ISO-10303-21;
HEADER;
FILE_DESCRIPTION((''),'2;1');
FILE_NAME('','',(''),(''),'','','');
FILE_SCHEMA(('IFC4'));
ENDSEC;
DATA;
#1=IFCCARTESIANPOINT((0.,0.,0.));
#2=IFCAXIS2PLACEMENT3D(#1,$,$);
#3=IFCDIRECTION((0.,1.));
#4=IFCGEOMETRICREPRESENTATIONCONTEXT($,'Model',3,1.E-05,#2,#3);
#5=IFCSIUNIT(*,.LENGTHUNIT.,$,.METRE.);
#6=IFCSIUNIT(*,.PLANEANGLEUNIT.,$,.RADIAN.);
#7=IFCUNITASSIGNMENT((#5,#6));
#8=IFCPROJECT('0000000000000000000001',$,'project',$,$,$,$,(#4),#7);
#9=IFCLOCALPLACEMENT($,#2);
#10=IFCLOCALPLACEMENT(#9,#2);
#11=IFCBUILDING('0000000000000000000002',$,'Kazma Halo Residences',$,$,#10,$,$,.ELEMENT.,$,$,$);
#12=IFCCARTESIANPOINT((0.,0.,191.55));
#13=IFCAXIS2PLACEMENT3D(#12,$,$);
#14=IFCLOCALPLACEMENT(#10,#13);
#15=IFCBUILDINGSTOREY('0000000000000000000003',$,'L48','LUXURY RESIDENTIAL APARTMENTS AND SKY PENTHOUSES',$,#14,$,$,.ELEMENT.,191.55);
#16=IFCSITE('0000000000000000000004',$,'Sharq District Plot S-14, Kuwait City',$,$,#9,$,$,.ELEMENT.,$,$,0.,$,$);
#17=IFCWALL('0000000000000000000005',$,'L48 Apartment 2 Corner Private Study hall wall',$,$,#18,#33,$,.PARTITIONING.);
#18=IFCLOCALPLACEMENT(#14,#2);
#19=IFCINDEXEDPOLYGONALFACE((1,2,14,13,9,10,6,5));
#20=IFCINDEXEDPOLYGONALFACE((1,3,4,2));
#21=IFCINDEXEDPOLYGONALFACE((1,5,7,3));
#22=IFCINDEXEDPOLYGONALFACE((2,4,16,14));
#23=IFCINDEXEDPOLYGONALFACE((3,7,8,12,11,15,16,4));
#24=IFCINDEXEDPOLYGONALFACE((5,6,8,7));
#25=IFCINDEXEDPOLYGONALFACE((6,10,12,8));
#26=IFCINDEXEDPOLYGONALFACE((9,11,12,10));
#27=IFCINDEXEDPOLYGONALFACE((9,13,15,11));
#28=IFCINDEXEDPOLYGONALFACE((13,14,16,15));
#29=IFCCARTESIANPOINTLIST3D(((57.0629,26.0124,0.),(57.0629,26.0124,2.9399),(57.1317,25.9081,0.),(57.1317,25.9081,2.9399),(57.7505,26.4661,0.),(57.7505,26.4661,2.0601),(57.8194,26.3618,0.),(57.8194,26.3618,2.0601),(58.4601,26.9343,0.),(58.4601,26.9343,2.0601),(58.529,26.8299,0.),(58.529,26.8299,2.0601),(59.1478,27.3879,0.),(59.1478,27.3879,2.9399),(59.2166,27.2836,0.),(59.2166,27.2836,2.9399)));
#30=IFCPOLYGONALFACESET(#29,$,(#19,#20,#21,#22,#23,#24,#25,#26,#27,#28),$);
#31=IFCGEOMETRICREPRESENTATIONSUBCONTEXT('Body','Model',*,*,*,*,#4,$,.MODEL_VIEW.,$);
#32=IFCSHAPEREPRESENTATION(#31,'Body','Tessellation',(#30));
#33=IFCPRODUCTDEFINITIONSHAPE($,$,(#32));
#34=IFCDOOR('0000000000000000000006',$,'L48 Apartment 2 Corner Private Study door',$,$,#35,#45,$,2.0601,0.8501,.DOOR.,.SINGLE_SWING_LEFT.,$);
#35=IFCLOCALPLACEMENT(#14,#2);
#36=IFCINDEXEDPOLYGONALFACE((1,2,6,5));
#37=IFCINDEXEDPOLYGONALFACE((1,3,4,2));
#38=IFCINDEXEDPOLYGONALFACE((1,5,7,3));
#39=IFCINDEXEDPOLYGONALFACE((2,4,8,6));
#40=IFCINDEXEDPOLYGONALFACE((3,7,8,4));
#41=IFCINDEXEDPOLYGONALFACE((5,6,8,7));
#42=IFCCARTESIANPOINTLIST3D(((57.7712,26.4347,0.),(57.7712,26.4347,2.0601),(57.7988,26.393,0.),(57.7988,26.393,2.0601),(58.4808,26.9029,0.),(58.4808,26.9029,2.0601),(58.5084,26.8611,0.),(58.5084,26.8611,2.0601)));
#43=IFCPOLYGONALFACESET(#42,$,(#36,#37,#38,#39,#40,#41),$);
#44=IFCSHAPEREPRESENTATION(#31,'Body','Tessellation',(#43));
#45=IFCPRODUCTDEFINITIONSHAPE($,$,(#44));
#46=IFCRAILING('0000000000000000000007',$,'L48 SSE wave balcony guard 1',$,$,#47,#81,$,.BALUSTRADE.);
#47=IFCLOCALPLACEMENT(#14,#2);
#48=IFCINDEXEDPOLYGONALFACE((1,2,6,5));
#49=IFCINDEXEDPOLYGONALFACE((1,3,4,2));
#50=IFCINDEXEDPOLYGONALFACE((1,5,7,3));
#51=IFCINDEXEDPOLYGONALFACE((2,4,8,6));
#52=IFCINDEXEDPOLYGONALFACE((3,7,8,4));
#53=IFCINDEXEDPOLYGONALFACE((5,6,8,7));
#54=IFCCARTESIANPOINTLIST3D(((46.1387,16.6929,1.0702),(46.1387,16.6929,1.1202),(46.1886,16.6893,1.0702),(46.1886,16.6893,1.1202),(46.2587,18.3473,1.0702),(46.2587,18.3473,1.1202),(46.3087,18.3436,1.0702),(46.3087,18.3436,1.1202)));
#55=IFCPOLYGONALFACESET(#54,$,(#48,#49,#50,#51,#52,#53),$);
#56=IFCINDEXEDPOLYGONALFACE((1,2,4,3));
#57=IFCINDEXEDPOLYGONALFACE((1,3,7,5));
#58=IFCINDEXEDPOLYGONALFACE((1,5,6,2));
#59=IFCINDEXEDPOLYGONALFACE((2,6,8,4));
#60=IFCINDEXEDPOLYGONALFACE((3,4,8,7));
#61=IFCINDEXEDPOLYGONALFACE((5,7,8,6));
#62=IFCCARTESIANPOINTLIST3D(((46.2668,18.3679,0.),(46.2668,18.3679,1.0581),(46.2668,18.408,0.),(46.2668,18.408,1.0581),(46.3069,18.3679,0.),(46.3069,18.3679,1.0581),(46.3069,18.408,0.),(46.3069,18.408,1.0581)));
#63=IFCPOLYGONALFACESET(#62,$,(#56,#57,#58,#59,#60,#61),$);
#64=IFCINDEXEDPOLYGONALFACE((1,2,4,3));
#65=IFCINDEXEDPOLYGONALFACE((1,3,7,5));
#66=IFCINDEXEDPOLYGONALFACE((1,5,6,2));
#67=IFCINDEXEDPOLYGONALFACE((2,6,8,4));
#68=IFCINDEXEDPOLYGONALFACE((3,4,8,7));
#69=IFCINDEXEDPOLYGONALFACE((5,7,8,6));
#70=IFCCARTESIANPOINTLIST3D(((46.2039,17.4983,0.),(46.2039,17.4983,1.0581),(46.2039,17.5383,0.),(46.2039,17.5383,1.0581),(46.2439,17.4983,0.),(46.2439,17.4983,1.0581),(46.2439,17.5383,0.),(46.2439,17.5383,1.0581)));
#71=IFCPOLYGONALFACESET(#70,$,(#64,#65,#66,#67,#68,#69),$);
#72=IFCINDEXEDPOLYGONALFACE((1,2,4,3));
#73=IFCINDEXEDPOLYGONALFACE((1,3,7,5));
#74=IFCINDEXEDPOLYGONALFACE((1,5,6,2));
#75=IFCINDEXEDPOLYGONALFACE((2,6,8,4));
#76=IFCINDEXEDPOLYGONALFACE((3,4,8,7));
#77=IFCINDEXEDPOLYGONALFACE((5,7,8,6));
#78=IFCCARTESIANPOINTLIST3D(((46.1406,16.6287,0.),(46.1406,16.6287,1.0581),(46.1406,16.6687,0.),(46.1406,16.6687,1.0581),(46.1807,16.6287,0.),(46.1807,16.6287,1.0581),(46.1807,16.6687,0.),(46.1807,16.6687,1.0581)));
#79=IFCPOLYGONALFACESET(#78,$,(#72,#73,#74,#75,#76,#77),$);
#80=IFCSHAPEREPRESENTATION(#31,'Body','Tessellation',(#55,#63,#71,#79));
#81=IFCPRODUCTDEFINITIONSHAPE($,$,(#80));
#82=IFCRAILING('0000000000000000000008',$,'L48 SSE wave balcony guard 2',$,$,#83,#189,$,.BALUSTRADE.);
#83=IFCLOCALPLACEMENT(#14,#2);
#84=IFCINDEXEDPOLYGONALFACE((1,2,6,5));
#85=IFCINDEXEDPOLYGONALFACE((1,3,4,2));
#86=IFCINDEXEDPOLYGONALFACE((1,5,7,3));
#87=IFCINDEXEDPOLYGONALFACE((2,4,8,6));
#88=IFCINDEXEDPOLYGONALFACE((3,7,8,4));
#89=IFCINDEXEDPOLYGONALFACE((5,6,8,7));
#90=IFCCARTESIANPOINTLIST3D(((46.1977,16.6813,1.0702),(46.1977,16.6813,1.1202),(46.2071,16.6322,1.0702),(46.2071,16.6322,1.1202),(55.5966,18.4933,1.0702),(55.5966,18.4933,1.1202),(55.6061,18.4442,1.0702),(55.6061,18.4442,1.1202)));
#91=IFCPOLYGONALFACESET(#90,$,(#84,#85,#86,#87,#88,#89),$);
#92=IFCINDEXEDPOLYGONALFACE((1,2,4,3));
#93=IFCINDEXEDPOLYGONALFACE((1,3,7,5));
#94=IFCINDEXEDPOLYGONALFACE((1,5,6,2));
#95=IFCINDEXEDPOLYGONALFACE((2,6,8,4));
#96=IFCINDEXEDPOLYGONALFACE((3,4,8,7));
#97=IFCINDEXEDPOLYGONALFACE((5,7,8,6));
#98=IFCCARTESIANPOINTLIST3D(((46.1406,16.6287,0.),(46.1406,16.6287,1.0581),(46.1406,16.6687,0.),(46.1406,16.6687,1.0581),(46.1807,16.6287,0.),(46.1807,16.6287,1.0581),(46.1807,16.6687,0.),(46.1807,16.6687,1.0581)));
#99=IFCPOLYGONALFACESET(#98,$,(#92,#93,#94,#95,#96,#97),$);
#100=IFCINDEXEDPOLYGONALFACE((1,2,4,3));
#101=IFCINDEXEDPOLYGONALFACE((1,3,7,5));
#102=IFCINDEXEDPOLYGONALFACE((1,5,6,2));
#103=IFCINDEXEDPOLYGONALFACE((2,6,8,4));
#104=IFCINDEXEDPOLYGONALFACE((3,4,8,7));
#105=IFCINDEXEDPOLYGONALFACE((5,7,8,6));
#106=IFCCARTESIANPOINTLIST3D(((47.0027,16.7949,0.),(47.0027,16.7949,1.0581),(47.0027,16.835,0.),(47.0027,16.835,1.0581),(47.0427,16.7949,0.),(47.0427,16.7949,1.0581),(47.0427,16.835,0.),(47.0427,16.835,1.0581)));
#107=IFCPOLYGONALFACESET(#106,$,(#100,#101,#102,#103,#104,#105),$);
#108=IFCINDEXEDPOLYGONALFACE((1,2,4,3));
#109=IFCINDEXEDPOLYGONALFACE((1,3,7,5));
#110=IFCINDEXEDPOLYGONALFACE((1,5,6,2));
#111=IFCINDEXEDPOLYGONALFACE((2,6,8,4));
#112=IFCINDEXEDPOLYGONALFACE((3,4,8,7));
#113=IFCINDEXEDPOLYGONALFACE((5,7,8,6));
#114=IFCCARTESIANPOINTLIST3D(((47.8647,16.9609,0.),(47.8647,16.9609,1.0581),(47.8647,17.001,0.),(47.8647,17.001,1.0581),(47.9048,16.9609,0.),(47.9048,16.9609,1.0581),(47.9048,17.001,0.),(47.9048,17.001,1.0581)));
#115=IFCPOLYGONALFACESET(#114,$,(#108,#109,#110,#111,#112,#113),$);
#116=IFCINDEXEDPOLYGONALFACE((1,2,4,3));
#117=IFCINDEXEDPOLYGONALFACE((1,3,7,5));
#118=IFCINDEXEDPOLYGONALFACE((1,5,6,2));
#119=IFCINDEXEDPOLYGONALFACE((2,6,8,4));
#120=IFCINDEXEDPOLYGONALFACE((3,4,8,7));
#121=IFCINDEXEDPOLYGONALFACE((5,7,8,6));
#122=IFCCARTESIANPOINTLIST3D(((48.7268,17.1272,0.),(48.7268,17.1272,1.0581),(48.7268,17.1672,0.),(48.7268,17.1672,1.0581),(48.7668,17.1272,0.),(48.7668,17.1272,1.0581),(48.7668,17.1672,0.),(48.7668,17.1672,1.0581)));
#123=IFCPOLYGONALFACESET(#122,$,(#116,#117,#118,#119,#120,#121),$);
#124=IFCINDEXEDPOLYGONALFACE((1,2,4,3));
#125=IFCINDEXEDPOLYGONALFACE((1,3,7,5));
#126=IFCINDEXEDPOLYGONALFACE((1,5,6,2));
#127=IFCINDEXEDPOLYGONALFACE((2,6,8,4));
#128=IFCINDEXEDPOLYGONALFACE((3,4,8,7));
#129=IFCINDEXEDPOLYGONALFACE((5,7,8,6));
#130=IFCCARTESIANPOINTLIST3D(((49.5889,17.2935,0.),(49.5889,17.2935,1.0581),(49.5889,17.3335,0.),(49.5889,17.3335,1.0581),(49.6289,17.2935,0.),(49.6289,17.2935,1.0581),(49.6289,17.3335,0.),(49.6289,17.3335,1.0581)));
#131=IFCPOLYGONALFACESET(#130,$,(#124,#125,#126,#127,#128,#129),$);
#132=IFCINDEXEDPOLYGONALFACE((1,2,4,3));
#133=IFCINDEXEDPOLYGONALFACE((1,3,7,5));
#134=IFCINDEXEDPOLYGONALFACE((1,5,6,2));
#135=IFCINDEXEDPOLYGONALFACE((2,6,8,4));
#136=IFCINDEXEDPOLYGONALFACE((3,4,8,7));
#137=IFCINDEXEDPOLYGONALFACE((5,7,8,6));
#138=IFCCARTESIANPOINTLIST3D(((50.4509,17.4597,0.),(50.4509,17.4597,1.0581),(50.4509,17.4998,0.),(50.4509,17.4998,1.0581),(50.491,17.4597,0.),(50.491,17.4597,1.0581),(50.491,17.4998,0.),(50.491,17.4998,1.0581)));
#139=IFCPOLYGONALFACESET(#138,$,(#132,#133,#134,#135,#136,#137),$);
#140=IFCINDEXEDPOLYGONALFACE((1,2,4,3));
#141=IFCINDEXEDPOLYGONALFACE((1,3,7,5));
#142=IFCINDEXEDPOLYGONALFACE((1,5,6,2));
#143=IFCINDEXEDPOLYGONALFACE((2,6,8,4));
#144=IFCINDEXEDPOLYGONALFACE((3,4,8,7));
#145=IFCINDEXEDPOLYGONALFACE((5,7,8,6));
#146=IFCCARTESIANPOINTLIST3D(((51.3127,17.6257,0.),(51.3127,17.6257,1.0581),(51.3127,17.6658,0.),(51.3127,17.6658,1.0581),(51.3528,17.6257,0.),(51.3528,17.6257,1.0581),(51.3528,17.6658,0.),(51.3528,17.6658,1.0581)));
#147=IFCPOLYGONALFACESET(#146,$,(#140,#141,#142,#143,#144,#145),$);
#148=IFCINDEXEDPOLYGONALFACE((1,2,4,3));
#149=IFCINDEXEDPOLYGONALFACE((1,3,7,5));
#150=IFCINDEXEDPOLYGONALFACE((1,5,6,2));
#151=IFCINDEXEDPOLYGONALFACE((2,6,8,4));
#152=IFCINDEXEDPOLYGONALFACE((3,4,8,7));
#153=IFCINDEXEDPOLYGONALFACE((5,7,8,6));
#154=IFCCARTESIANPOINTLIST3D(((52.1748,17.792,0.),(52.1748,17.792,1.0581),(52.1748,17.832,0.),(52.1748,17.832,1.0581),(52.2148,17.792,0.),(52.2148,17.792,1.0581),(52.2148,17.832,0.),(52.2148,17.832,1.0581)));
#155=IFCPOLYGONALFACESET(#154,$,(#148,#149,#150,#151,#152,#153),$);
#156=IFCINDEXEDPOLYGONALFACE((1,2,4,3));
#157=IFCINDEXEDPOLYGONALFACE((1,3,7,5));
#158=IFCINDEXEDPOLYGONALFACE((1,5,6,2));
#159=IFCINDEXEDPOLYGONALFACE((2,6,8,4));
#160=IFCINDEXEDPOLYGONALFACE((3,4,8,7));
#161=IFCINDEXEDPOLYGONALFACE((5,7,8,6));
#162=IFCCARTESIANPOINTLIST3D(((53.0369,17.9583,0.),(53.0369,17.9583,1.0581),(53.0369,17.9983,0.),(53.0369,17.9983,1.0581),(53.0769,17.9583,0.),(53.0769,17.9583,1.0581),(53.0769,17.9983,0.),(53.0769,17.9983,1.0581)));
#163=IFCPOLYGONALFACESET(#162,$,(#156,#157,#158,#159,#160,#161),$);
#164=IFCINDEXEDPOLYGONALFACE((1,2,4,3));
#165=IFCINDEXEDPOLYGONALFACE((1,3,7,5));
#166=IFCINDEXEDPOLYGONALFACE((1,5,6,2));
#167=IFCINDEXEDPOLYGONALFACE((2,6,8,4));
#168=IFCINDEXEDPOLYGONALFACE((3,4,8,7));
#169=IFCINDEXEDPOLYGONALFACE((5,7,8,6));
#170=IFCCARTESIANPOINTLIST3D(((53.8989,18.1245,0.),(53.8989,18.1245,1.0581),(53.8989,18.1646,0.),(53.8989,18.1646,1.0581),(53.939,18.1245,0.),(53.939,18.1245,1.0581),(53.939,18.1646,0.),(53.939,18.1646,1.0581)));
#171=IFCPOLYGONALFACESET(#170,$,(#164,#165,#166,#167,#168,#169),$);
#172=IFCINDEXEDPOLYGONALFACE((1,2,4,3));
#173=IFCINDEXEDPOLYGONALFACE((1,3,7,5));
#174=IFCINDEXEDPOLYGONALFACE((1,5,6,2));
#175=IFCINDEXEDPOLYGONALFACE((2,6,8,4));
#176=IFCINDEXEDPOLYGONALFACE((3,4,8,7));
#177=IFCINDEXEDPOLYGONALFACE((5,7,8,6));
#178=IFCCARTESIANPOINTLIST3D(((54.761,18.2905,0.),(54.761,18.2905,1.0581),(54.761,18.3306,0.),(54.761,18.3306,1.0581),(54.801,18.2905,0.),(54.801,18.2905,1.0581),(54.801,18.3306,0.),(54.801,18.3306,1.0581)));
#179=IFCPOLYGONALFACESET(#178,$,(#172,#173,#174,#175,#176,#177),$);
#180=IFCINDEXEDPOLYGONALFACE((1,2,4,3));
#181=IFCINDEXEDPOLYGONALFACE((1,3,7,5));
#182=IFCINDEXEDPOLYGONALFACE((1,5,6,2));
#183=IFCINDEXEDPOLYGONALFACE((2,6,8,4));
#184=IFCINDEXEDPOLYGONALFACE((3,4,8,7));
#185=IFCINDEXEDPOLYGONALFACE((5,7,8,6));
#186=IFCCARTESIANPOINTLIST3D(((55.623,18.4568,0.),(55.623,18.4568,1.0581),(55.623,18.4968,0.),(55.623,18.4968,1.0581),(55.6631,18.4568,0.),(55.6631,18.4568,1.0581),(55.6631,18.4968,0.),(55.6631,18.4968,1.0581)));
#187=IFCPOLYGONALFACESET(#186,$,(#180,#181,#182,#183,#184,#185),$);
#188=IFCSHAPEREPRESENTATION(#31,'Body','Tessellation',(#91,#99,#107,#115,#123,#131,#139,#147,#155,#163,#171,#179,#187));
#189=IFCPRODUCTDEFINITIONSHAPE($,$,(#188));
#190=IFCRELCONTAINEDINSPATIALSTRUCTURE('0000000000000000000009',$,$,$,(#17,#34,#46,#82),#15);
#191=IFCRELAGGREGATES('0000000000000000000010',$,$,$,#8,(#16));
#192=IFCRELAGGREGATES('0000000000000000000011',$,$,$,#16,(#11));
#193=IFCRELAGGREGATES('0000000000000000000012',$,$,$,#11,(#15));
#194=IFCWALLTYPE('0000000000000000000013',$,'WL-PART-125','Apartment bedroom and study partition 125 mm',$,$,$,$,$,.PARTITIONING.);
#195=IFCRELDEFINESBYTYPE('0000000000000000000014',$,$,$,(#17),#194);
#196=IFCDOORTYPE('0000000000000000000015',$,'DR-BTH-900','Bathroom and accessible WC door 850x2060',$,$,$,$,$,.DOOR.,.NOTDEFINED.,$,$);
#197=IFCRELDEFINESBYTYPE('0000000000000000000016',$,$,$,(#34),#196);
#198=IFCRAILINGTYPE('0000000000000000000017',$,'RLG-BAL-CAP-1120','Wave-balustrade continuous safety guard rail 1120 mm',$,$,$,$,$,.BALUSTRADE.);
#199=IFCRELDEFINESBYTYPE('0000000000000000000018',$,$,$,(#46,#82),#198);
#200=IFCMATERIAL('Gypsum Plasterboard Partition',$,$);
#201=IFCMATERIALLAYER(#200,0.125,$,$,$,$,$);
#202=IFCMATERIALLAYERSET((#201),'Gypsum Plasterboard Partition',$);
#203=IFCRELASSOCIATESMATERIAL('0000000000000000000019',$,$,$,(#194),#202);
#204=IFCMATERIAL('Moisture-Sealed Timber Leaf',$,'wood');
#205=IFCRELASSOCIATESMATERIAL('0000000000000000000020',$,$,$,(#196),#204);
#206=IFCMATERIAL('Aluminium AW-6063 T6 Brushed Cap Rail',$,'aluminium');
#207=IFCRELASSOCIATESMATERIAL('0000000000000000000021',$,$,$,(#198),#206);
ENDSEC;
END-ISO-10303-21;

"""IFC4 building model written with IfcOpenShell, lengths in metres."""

from ifc_helpers import new_model, si_unit, direction, frame, frame_2d, origin, origin_2d, place, context, subcontext, project, spatial, rectangle, extrude, material, layer, layer_set, type_object, element, fill, save


model = new_model("IFC4")

# Units and contexts
model_context = context("Model", 3, precision=1e-05, world=origin(), true_north=direction((0.0, 1.0)))
body_context = subcontext(model_context, "Body", "Model", "MODEL_VIEW")
ifc_project = project(units=[si_unit("LENGTHUNIT", "METRE"), si_unit("PLANEANGLEUNIT", "RADIAN")], contexts=[model_context])

# Site, building, storey
site_placement = place(None, origin())
site = spatial("IfcSite", under=ifc_project, at=site_placement, Name="Sharq District Plot S-14, Kuwait City", CompositionType="ELEMENT", RefElevation=0.0)
building_placement = place(site_placement, origin())
building = spatial("IfcBuilding", under=site, at=building_placement, Name="Kazma Halo Residences", CompositionType="ELEMENT")
storey_placement = place(building_placement, frame((0.0, 0.0, 191.55)))
storey = spatial("IfcBuildingStorey", under=building, at=storey_placement, Name="L48", Description="LUXURY RESIDENTIAL APARTMENTS AND SKY PENTHOUSES", CompositionType="ELEMENT", Elevation=191.55)

# Shared definitions
ifc_material_1 = material(Name="Gypsum Plasterboard Partition")
ifc_layer_1 = layer(ifc_material_1, 0.125)
ifc_layer_set_1 = layer_set([ifc_layer_1], Name="Gypsum Plasterboard Partition")
wall_type_1 = type_object("IfcWallType", Name="WL-PART-125", Description="Apartment bedroom and study partition 125 mm", PredefinedType="PARTITIONING", material=ifc_layer_set_1)

# Wall, opening, door
wall_1_placement = place(storey_placement, frame((57.0972, 25.9602, 0.0), z_axis=(0.0, 0.0, 1.0), x_axis=(0.834717, 0.550679, 0.0)))
wall_1 = element("IfcWall", 1, at=wall_1_placement, inside=storey, type_object=wall_type_1, Name="L48 Apartment 2 Corner Private Study hall wall", PredefinedType="PARTITIONING", context=body_context, shape_type="SweptSolid", body=[
    extrude(rectangle(XDim=2.4978, YDim=0.125, at=frame_2d((1.249, 0.0))), origin(), (0.0, 0.0, 1.0), 2.9399),
])
opening_1_placement = place(wall_1_placement, frame((0.824, 0.0, 0.0)))
opening_1 = element("IfcOpeningElement", 2, at=opening_1_placement, cuts=wall_1, PredefinedType="OPENING", context=body_context, shape_type="SweptSolid", body=[
    extrude(rectangle(XDim=0.8501, YDim=2.0601, at=frame_2d((0.425, 1.03))), frame((0.0, 0.0725, 0.0), z_axis=(0.0, -1.0, 0.0), x_axis=(1.0, 0.0, 0.0)), (0.0, 0.0, 1.0), 0.145),
])
ifc_material_2 = material(Name="Moisture-Sealed Timber Leaf", Category="wood")
door_type_1 = type_object("IfcDoorType", Name="DR-BTH-900", Description="Bathroom and accessible WC door 850x2060", OperationType="NOTDEFINED", PredefinedType="DOOR", material=ifc_material_2)
door_1_placement = place(opening_1_placement, origin())
door_1 = element("IfcDoor", 3, at=door_1_placement, inside=storey, type_object=door_type_1, Name="L48 Apartment 2 Corner Private Study door", OperationType="SINGLE_SWING_LEFT", OverallHeight=2.0601, OverallWidth=0.8501, PredefinedType="DOOR", context=body_context, shape_type="SweptSolid", body=[
    extrude(rectangle(XDim=0.8501, YDim=2.0601, at=frame_2d((0.425, 1.03))), frame((0.0, 0.0249, 0.0), z_axis=(0.0, -1.0, 0.0), x_axis=(1.0, 0.0, 0.0)), (0.0, 0.0, 1.0), 0.05),
])
fill(opening_1, door_1)

# Railings
ifc_material_3 = material(Name="Aluminium AW-6063 T6 Brushed Cap Rail", Category="aluminium")
railing_type = type_object("IfcRailingType", Name="RLG-BAL-CAP-1120", Description="Wave-balustrade continuous safety guard rail 1120 mm", PredefinedType="BALUSTRADE", material=ifc_material_3)
railing_1_placement = place(storey_placement, frame((46.2869, 18.3879, 0.0)))
element("IfcRailing", 4, at=railing_1_placement, inside=storey, type_object=railing_type, Name="L48 SSE wave balcony guard 1", PredefinedType="BALUSTRADE", context=body_context, shape_type="SweptSolid", body=[
    extrude(rectangle(XDim=0.05, YDim=0.05, at=origin_2d()), frame((-0.0032, -0.0425, 1.0952), z_axis=(-0.072381, -0.997377, 0.0), x_axis=(0.997377, -0.072381, 0.0)), (0.0, 0.0, 1.0), 1.6587),
    extrude(rectangle(XDim=0.04, YDim=0.04, at=origin_2d()), origin(), (0.0, 0.0, 1.0), 1.0581),
    extrude(rectangle(XDim=0.04, YDim=0.04, at=origin_2d()), frame((-0.063, -0.8696, 0.0)), (0.0, 0.0, 1.0), 1.0581),
    extrude(rectangle(XDim=0.04, YDim=0.04, at=origin_2d()), frame((-0.1262, -1.7393, 0.0)), (0.0, 0.0, 1.0), 1.0581),
])
railing_2_placement = place(storey_placement, frame((46.1606, 16.6487, 0.0)))
element("IfcRailing", 5, at=railing_2_placement, inside=storey, type_object=railing_type, Name="L48 SSE wave balcony guard 2", PredefinedType="BALUSTRADE", context=body_context, shape_type="SweptSolid", body=[
    extrude(rectangle(XDim=0.05, YDim=0.05, at=origin_2d()), frame((0.0417, 0.0081, 1.0952), z_axis=(0.981918, 0.189305, 0.0), x_axis=(-0.189305, 0.981918, 0.0)), (0.0, 0.0, 1.0), 9.572),
    extrude(rectangle(XDim=0.04, YDim=0.04, at=origin_2d()), origin(), (0.0, 0.0, 1.0), 1.0581),
    extrude(rectangle(XDim=0.04, YDim=0.04, at=origin_2d()), frame((0.8621, 0.1663, 0.0)), (0.0, 0.0, 1.0), 1.0581),
    extrude(rectangle(XDim=0.04, YDim=0.04, at=origin_2d()), frame((1.7241, 0.3323, 0.0)), (0.0, 0.0, 1.0), 1.0581),
    extrude(rectangle(XDim=0.04, YDim=0.04, at=origin_2d()), frame((2.5862, 0.4985, 0.0)), (0.0, 0.0, 1.0), 1.0581),
    extrude(rectangle(XDim=0.04, YDim=0.04, at=origin_2d()), frame((3.4482, 0.6648, 0.0)), (0.0, 0.0, 1.0), 1.0581),
    extrude(rectangle(XDim=0.04, YDim=0.04, at=origin_2d()), frame((4.3103, 0.8311, 0.0)), (0.0, 0.0, 1.0), 1.0581),
    extrude(rectangle(XDim=0.04, YDim=0.04, at=origin_2d()), frame((5.1721, 0.9971, 0.0)), (0.0, 0.0, 1.0), 1.0581),
    extrude(rectangle(XDim=0.04, YDim=0.04, at=origin_2d()), frame((6.0342, 1.1633, 0.0)), (0.0, 0.0, 1.0), 1.0581),
    extrude(rectangle(XDim=0.04, YDim=0.04, at=origin_2d()), frame((6.8962, 1.3296, 0.0)), (0.0, 0.0, 1.0), 1.0581),
    extrude(rectangle(XDim=0.04, YDim=0.04, at=origin_2d()), frame((7.7583, 1.4958, 0.0)), (0.0, 0.0, 1.0), 1.0581),
    extrude(rectangle(XDim=0.04, YDim=0.04, at=origin_2d()), frame((8.6204, 1.6619, 0.0)), (0.0, 0.0, 1.0), 1.0581),
    extrude(rectangle(XDim=0.04, YDim=0.04, at=origin_2d()), frame((9.4824, 1.8281, 0.0)), (0.0, 0.0, 1.0), 1.0581),
])

save(model, "model.ifc")
